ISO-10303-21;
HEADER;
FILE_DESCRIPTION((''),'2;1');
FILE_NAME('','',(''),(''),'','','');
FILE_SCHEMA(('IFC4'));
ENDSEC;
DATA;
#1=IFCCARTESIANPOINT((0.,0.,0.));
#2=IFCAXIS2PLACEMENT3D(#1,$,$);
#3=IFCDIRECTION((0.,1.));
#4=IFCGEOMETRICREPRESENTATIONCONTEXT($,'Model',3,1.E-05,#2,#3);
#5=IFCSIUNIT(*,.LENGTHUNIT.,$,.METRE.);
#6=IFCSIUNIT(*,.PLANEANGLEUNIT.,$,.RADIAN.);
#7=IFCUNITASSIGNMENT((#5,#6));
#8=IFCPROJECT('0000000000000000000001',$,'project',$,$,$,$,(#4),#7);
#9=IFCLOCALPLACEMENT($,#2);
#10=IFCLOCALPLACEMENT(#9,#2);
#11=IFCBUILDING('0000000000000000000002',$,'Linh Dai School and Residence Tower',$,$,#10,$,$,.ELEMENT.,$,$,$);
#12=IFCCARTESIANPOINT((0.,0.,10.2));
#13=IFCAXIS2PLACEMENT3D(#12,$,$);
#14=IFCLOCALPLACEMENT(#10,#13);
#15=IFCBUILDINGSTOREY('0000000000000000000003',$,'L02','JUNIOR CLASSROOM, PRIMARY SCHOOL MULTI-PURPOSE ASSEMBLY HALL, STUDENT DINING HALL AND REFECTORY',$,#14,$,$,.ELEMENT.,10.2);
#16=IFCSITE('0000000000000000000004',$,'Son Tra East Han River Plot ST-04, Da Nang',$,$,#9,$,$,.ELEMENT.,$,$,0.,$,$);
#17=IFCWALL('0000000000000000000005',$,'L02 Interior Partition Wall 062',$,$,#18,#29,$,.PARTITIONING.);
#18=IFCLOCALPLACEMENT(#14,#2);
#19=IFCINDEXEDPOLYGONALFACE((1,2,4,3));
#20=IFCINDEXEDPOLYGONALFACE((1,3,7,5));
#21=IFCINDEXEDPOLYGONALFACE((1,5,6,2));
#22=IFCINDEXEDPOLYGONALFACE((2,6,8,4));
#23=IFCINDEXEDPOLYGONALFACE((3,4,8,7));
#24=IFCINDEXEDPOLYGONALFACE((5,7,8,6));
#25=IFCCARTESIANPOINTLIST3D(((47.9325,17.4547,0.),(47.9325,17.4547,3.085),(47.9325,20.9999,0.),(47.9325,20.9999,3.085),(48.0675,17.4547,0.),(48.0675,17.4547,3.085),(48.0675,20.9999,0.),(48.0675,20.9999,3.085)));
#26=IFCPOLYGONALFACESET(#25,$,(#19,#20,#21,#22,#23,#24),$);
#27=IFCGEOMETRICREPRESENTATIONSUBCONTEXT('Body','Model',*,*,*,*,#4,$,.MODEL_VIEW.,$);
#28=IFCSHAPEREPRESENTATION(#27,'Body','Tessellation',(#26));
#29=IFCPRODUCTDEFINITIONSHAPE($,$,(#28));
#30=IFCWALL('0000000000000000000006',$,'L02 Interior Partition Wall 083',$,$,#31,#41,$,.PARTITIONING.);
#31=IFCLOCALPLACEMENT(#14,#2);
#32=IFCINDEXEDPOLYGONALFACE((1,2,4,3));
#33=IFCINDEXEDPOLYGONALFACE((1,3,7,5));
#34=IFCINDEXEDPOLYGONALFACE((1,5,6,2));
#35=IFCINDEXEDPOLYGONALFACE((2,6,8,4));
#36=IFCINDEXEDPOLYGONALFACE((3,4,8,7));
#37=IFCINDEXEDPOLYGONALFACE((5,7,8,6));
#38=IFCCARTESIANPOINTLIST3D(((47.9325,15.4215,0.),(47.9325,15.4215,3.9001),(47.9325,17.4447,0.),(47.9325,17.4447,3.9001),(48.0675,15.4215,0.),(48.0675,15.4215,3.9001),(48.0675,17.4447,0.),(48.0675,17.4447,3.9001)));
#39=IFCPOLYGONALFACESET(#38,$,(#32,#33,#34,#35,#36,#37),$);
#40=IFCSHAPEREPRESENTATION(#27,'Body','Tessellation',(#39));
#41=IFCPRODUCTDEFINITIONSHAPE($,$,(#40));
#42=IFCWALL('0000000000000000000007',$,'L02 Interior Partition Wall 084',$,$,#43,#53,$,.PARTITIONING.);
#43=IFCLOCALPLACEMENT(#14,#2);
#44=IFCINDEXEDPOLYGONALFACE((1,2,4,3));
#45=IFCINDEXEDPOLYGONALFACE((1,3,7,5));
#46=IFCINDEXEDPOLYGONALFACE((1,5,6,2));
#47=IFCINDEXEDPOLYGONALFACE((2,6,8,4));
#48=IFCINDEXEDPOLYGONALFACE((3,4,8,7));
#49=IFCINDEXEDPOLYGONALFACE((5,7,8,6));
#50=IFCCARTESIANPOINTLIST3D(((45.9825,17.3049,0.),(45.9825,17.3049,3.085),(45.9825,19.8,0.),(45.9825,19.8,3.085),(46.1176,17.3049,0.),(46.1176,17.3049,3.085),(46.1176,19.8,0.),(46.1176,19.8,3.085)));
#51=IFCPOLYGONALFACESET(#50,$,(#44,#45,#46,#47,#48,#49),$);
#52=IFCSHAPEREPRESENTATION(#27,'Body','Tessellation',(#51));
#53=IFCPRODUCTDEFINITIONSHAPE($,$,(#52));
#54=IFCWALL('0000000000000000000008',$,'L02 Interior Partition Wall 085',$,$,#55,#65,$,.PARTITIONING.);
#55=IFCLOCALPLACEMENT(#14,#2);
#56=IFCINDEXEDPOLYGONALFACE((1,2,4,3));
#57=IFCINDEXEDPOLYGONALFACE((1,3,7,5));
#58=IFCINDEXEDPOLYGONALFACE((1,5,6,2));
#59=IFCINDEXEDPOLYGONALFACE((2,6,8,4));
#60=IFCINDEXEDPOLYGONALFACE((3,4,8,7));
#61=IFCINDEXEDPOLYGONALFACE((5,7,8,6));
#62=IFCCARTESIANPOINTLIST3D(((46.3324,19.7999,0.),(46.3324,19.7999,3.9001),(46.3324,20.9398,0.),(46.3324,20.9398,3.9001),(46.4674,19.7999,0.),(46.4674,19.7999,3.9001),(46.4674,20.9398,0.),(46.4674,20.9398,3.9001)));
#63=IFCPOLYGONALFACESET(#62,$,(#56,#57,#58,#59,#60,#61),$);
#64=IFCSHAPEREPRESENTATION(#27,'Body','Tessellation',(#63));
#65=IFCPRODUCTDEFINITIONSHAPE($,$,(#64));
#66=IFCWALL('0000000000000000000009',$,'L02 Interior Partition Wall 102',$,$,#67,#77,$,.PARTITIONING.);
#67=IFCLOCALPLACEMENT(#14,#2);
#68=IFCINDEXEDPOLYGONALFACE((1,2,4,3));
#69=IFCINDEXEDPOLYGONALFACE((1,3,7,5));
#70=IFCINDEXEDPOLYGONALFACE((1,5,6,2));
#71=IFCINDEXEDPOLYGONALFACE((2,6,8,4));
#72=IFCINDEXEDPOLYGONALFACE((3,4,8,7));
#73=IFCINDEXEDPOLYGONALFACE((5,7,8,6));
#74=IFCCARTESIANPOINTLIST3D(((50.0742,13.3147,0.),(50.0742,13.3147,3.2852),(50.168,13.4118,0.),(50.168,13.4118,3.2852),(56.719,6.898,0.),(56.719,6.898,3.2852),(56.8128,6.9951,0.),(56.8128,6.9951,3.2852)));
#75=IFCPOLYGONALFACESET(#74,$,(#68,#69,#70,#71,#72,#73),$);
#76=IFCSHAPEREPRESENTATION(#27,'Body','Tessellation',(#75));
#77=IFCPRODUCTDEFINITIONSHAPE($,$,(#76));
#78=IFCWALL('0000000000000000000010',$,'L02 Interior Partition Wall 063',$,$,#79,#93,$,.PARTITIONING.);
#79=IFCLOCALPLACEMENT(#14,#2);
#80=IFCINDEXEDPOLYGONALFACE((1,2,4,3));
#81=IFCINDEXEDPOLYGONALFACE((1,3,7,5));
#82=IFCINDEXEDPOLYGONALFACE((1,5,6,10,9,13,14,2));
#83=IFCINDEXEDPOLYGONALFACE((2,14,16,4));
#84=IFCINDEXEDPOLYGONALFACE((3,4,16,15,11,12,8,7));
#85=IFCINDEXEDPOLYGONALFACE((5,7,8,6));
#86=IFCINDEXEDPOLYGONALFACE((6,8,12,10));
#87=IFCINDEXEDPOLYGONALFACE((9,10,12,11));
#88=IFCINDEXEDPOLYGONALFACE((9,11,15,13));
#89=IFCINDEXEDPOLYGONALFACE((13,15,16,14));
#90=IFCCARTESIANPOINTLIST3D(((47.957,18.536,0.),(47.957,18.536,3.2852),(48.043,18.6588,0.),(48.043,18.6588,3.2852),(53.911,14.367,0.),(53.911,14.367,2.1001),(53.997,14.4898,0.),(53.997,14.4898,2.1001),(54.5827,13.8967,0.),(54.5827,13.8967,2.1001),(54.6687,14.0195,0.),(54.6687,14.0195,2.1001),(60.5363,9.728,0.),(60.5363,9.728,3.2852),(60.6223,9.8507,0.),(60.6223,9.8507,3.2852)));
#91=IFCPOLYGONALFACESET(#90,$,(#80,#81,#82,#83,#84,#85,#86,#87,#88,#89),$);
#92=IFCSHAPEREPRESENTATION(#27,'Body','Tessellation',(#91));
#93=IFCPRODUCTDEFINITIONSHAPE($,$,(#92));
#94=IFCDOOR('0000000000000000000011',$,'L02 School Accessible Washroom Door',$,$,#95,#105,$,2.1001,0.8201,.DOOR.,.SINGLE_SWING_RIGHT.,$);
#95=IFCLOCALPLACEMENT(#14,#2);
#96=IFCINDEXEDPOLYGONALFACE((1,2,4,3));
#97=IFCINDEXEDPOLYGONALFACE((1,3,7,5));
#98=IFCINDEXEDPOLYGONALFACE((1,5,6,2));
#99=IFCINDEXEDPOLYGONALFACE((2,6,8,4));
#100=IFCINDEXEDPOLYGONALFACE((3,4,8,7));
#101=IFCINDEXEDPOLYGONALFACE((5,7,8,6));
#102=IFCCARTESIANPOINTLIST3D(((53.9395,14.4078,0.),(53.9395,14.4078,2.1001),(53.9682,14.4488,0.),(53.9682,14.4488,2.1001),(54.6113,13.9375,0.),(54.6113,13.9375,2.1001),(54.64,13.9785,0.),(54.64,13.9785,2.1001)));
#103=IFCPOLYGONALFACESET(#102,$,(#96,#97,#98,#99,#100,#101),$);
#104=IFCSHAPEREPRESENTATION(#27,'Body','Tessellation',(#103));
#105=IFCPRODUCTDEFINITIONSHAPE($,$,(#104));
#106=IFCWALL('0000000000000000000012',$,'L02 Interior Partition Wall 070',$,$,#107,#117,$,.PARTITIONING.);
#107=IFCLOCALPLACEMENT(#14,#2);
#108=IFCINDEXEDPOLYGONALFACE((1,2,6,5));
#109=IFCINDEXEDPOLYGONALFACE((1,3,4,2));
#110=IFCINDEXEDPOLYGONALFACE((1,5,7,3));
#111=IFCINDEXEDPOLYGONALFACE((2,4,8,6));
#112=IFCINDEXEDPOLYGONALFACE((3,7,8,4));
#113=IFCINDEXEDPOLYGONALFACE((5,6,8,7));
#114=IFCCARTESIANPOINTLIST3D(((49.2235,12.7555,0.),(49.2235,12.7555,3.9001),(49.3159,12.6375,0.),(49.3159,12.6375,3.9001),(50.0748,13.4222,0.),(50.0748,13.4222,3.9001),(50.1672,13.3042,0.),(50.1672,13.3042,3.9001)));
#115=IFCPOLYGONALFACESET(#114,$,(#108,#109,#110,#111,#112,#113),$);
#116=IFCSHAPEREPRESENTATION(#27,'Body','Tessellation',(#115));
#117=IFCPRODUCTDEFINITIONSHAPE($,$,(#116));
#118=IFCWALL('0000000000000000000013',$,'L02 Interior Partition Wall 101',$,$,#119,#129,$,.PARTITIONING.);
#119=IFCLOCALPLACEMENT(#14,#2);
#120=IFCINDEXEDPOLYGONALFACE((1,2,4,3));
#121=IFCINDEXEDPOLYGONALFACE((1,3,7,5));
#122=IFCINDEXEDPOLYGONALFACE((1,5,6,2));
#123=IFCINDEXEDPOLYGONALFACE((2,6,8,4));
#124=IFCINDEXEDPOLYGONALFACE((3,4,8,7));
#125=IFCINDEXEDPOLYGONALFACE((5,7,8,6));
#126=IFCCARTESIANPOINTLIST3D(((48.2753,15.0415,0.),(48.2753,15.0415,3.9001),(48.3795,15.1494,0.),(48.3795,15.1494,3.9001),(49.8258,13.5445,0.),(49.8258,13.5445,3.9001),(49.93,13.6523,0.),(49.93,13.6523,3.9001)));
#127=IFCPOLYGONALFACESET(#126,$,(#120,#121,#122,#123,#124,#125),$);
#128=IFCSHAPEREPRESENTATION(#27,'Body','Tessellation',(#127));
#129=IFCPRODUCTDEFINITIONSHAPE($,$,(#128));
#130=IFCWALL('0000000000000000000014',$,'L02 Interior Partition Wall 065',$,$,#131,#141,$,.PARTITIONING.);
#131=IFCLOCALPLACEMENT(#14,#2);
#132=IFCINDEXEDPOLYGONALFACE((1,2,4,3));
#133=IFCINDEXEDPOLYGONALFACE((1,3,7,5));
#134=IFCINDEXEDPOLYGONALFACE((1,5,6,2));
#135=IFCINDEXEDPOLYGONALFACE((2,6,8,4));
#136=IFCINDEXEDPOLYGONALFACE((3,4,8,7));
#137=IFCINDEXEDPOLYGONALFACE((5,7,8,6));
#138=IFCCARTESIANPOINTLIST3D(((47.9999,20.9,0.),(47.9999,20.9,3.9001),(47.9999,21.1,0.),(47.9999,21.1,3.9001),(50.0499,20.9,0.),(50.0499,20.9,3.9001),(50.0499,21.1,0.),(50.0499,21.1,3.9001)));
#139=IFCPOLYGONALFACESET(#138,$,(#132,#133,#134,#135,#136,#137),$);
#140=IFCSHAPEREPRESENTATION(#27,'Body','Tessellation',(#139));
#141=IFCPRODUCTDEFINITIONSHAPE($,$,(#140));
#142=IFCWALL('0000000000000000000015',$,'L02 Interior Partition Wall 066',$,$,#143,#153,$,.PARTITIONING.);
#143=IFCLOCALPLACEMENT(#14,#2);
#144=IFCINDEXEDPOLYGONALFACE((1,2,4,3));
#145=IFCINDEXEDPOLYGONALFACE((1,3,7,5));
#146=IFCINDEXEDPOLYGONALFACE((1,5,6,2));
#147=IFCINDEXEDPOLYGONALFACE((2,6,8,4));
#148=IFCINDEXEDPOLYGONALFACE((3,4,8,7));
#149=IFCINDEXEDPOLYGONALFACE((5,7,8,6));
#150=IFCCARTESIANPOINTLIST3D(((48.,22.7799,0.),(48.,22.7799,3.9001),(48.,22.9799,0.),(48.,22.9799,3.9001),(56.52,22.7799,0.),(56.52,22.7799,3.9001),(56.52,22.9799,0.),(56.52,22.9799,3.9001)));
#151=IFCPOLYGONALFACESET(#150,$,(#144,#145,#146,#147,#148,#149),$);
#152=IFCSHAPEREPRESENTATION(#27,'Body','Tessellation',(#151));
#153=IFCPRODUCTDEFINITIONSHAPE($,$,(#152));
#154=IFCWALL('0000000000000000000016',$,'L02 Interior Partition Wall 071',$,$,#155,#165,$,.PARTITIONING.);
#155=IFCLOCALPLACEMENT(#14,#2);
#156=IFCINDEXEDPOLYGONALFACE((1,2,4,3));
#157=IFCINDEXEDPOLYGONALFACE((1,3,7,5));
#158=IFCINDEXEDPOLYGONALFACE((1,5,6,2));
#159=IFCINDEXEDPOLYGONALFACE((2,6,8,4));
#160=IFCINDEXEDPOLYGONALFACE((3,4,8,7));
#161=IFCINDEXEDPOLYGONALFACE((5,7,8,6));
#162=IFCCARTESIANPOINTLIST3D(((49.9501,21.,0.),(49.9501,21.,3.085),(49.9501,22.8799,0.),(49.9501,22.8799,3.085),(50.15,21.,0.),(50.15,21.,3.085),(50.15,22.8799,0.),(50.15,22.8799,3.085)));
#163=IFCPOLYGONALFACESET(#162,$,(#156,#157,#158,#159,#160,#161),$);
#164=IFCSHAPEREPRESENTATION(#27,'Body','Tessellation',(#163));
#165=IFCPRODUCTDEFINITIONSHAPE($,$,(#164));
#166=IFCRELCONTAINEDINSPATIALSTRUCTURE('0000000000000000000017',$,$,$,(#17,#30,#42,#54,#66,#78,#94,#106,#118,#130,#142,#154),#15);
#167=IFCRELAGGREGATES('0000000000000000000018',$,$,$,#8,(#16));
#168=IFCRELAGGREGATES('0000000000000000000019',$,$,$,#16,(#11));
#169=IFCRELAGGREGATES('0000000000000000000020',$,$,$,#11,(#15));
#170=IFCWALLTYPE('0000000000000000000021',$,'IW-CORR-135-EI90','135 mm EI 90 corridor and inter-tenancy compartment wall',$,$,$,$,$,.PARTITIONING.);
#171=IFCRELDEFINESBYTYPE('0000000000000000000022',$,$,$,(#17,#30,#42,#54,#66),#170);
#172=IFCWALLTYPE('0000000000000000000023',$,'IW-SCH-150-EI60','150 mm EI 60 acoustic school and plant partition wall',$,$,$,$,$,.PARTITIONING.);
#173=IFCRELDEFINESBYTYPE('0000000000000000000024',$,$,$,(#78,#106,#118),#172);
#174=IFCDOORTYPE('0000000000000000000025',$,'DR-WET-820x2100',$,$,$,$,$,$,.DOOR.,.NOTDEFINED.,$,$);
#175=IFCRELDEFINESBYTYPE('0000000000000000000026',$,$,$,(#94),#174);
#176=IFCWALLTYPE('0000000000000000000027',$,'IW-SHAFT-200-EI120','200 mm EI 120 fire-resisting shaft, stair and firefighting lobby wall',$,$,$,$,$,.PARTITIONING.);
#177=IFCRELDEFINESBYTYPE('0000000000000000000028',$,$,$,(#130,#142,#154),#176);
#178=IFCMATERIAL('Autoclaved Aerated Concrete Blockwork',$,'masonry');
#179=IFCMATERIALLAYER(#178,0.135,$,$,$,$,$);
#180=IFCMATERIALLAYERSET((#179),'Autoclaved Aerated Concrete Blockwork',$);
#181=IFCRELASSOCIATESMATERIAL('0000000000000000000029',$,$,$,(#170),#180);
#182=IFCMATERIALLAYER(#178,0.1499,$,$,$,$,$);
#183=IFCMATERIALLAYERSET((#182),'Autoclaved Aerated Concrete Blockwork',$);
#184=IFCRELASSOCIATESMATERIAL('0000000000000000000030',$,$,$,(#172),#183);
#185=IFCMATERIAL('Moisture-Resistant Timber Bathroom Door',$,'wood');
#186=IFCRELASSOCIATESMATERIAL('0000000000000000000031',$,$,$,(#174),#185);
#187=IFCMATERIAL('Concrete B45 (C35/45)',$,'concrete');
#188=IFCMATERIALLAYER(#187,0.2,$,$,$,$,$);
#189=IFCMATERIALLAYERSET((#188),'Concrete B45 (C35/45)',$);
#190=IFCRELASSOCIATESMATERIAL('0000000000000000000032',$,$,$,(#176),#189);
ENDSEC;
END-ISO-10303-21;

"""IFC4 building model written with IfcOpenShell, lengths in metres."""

from ifc_helpers import new_model, si_unit, direction, frame, frame_2d, origin, origin_2d, place, context, subcontext, project, spatial, rectangle, extrude, source, transform, mapped, material, layer, layer_set, type_object, element, fill, save


model = new_model("IFC4")

# Units and contexts
model_context = context("Model", 3, precision=1e-05, world=origin(), true_north=direction((0.0, 1.0)))
body_context = subcontext(model_context, "Body", "Model", "MODEL_VIEW")
ifc_project = project(units=[si_unit("LENGTHUNIT", "METRE"), si_unit("PLANEANGLEUNIT", "RADIAN")], contexts=[model_context])

# Site, building, storey
site_placement = place(None, origin())
site = spatial("IfcSite", under=ifc_project, at=site_placement, Name="Son Tra East Han River Plot ST-04, Da Nang", CompositionType="ELEMENT", RefElevation=0.0)
building_placement = place(site_placement, origin())
building = spatial("IfcBuilding", under=site, at=building_placement, Name="Linh Dai School and Residence Tower", CompositionType="ELEMENT")
storey_placement = place(building_placement, frame((0.0, 0.0, 10.2)))
storey = spatial("IfcBuildingStorey", under=building, at=storey_placement, Name="L02", Description="JUNIOR CLASSROOM, PRIMARY SCHOOL MULTI-PURPOSE ASSEMBLY HALL, STUDENT DINING HALL AND REFECTORY", CompositionType="ELEMENT", Elevation=10.2)

# Walls
ifc_material_1 = material(Name="Autoclaved Aerated Concrete Blockwork", Category="masonry")
ifc_layer_1 = layer(ifc_material_1, 0.135)
ifc_layer_set_1 = layer_set([ifc_layer_1], Name="Autoclaved Aerated Concrete Blockwork")
wall_type_1 = type_object("IfcWallType", Name="IW-CORR-135-EI90", Description="135 mm EI 90 corridor and inter-tenancy compartment wall", PredefinedType="PARTITIONING", material=ifc_layer_set_1)
wall_1_placement = place(storey_placement, frame((48.0, 17.4548, 0.0), z_axis=(0.0, 0.0, 1.0), x_axis=(0.0, 1.0, 0.0)))
element("IfcWall", 1, at=wall_1_placement, inside=storey, type_object=wall_type_1, Name="L02 Interior Partition Wall 062", PredefinedType="PARTITIONING", context=body_context, shape_type="SweptSolid", body=[
    extrude(rectangle(XDim=3.5452, YDim=0.135, at=frame_2d((1.7725, 0.0))), origin(), (0.0, 0.0, 1.0), 3.085),
])
wall_2_placement = place(storey_placement, frame((48.0, 17.4448, 0.0), z_axis=(0.0, 0.0, 1.0), x_axis=(0.0, -1.0, 0.0)))
element("IfcWall", 2, at=wall_2_placement, inside=storey, type_object=wall_type_1, Name="L02 Interior Partition Wall 083", PredefinedType="PARTITIONING", context=body_context, shape_type="SweptSolid", body=[
    extrude(rectangle(XDim=2.0232, YDim=0.135, at=frame_2d((1.0117, 0.0))), origin(), (0.0, 0.0, 1.0), 3.9001),
])
wall_3_placement = place(storey_placement, frame((46.05, 17.3049, 0.0), z_axis=(0.0, 0.0, 1.0), x_axis=(0.0, 1.0, 0.0)))
element("IfcWall", 3, at=wall_3_placement, inside=storey, type_object=wall_type_1, Name="L02 Interior Partition Wall 084", PredefinedType="PARTITIONING", context=body_context, shape_type="SweptSolid", body=[
    extrude(rectangle(XDim=2.4951, YDim=0.135, at=frame_2d((1.2476, 0.0))), origin(), (0.0, 0.0, 1.0), 3.085),
])
wall_4_placement = place(storey_placement, frame((46.3999, 19.8, 0.0), z_axis=(0.0, 0.0, 1.0), x_axis=(0.0, 1.0, 0.0)))
element("IfcWall", 4, at=wall_4_placement, inside=storey, type_object=wall_type_1, Name="L02 Interior Partition Wall 085", PredefinedType="PARTITIONING", context=body_context, shape_type="SweptSolid", body=[
    extrude(rectangle(XDim=1.1399, YDim=0.135, at=frame_2d((0.5698, 0.0))), origin(), (0.0, 0.0, 1.0), 3.9001),
])
wall_5_placement = place(storey_placement, frame((50.1211, 13.3633, 0.0), z_axis=(0.0, 0.0, 1.0), x_axis=(0.719342, -0.694656, 0.0)))
element("IfcWall", 5, at=wall_5_placement, inside=storey, type_object=wall_type_1, Name="L02 Interior Partition Wall 102", PredefinedType="PARTITIONING", context=body_context, shape_type="SweptSolid", body=[
    extrude(rectangle(XDim=9.2373, YDim=0.135, at=frame_2d((4.6187, 0.0))), origin(), (0.0, 0.0, 1.0), 3.2852),
])

# Wall, opening, door
ifc_layer_2 = layer(ifc_material_1, 0.1499)
ifc_layer_set_2 = layer_set([ifc_layer_2], Name="Autoclaved Aerated Concrete Blockwork")
wall_type_2 = type_object("IfcWallType", Name="IW-SCH-150-EI60", Description="150 mm EI 60 acoustic school and plant partition wall", PredefinedType="PARTITIONING", material=ifc_layer_set_2)
wall_6_placement = place(storey_placement, frame((48.0, 18.5974, 0.0), z_axis=(0.0, 0.0, 1.0), x_axis=(0.819153, -0.573574, 0.0)))
wall_6 = element("IfcWall", 6, at=wall_6_placement, inside=storey, type_object=wall_type_2, Name="L02 Interior Partition Wall 063", PredefinedType="PARTITIONING", context=body_context, shape_type="SweptSolid", body=[
    extrude(rectangle(XDim=15.3564, YDim=0.1499, at=frame_2d((7.6782, 0.0))), origin(), (0.0, 0.0, 1.0), 3.2852),
])
opening_1_placement = place(wall_6_placement, frame((7.2683, 0.0, 0.0)))
opening_1 = element("IfcOpeningElement", 7, at=opening_1_placement, cuts=wall_6, PredefinedType="OPENING", context=body_context, shape_type="SweptSolid", body=[
    extrude(rectangle(XDim=0.8201, YDim=2.1001, at=origin_2d()), frame((0.4102, 0.085, 1.05), z_axis=(0.0, -1.0, 0.0), x_axis=(1.0, 0.0, 0.0)), (0.0, 0.0, 1.0), 0.1699),
])
ifc_material_2 = material(Name="Moisture-Resistant Timber Bathroom Door", Category="wood")
door_type_1 = type_object("IfcDoorType", Name="DR-WET-820x2100", OperationType="NOTDEFINED", PredefinedType="DOOR", material=ifc_material_2)
shared_shape_1 = source(origin(), body_context, "Body", "SweptSolid", [
    extrude(rectangle(XDim=0.8201, YDim=2.1001, at=origin_2d()), frame((0.4102, 0.0249, 1.05), z_axis=(0.0, -1.0, 0.0), x_axis=(1.0, 0.0, 0.0)), (0.0, 0.0, 1.0), 0.05),
])
door_1_placement = place(opening_1_placement, origin())
door_1 = element("IfcDoor", 8, at=door_1_placement, inside=storey, type_object=door_type_1, Name="L02 School Accessible Washroom Door", OperationType="SINGLE_SWING_RIGHT", OverallHeight=2.1001, OverallWidth=0.8201, PredefinedType="DOOR", context=body_context, shape_type="MappedRepresentation", body=[
    mapped(shared_shape_1, transform((0.0, 0.0, 0.0), x_axis=(1.0, 0.0, 0.0), y_axis=(0.0, 1.0, 0.0), z_axis=(0.0, 0.0, 1.0), scale=1.0)),
])
fill(opening_1, door_1)

# Walls
wall_7_placement = place(storey_placement, frame((49.2698, 12.6965, 0.0), z_axis=(0.0, 0.0, 1.0), x_axis=(0.787281, 0.616594, 0.0)))
element("IfcWall", 9, at=wall_7_placement, inside=storey, type_object=wall_type_2, Name="L02 Interior Partition Wall 070", PredefinedType="PARTITIONING", context=body_context, shape_type="SweptSolid", body=[
    extrude(rectangle(XDim=1.0813, YDim=0.1499, at=frame_2d((0.5405, 0.0))), origin(), (0.0, 0.0, 1.0), 3.9001),
])
wall_8_placement = place(storey_placement, frame((48.3274, 15.0955, 0.0), z_axis=(0.0, 0.0, 1.0), x_axis=(0.719401, -0.694595, 0.0)))
element("IfcWall", 10, at=wall_8_placement, inside=storey, type_object=wall_type_2, Name="L02 Interior Partition Wall 101", PredefinedType="PARTITIONING", context=body_context, shape_type="SweptSolid", body=[
    extrude(rectangle(XDim=2.1553, YDim=0.1499, at=frame_2d((1.0776, 0.0))), origin(), (0.0, 0.0, 1.0), 3.9001),
])

# Shared definitions
ifc_material_3 = material(Name="Concrete B45 (C35/45)", Category="concrete")
ifc_layer_3 = layer(ifc_material_3, 0.2)
ifc_layer_set_3 = layer_set([ifc_layer_3], Name="Concrete B45 (C35/45)")
wall_type_3 = type_object("IfcWallType", Name="IW-SHAFT-200-EI120", Description="200 mm EI 120 fire-resisting shaft, stair and firefighting lobby wall", PredefinedType="PARTITIONING", material=ifc_layer_set_3)

# Walls
wall_9_placement = place(storey_placement, frame((48.0, 21.0, 0.0), z_axis=(0.0, 0.0, 1.0), x_axis=(1.0, 0.0, 0.0)))
element("IfcWall", 11, at=wall_9_placement, inside=storey, type_object=wall_type_3, Name="L02 Interior Partition Wall 065", PredefinedType="PARTITIONING", context=body_context, shape_type="SweptSolid", body=[
    extrude(rectangle(XDim=2.05, YDim=0.2, at=frame_2d((1.0249, 0.0))), origin(), (0.0, 0.0, 1.0), 3.9001),
])
wall_10_placement = place(storey_placement, frame((48.0, 22.8799, 0.0), z_axis=(0.0, 0.0, 1.0), x_axis=(1.0, 0.0, 0.0)))
element("IfcWall", 12, at=wall_10_placement, inside=storey, type_object=wall_type_3, Name="L02 Interior Partition Wall 066", PredefinedType="PARTITIONING", context=body_context, shape_type="SweptSolid", body=[
    extrude(rectangle(XDim=8.52, YDim=0.2, at=frame_2d((4.26, 0.0))), origin(), (0.0, 0.0, 1.0), 3.9001),
])
wall_11_placement = place(storey_placement, frame((50.05, 21.0, 0.0), z_axis=(0.0, 0.0, 1.0), x_axis=(0.0, 1.0, 0.0)))
element("IfcWall", 13, at=wall_11_placement, inside=storey, type_object=wall_type_3, Name="L02 Interior Partition Wall 071", PredefinedType="PARTITIONING", context=body_context, shape_type="SweptSolid", body=[
    extrude(rectangle(XDim=1.8799, YDim=0.2, at=frame_2d((0.9399, 0.0))), origin(), (0.0, 0.0, 1.0), 3.085),
])

save(model, "model.ifc")
